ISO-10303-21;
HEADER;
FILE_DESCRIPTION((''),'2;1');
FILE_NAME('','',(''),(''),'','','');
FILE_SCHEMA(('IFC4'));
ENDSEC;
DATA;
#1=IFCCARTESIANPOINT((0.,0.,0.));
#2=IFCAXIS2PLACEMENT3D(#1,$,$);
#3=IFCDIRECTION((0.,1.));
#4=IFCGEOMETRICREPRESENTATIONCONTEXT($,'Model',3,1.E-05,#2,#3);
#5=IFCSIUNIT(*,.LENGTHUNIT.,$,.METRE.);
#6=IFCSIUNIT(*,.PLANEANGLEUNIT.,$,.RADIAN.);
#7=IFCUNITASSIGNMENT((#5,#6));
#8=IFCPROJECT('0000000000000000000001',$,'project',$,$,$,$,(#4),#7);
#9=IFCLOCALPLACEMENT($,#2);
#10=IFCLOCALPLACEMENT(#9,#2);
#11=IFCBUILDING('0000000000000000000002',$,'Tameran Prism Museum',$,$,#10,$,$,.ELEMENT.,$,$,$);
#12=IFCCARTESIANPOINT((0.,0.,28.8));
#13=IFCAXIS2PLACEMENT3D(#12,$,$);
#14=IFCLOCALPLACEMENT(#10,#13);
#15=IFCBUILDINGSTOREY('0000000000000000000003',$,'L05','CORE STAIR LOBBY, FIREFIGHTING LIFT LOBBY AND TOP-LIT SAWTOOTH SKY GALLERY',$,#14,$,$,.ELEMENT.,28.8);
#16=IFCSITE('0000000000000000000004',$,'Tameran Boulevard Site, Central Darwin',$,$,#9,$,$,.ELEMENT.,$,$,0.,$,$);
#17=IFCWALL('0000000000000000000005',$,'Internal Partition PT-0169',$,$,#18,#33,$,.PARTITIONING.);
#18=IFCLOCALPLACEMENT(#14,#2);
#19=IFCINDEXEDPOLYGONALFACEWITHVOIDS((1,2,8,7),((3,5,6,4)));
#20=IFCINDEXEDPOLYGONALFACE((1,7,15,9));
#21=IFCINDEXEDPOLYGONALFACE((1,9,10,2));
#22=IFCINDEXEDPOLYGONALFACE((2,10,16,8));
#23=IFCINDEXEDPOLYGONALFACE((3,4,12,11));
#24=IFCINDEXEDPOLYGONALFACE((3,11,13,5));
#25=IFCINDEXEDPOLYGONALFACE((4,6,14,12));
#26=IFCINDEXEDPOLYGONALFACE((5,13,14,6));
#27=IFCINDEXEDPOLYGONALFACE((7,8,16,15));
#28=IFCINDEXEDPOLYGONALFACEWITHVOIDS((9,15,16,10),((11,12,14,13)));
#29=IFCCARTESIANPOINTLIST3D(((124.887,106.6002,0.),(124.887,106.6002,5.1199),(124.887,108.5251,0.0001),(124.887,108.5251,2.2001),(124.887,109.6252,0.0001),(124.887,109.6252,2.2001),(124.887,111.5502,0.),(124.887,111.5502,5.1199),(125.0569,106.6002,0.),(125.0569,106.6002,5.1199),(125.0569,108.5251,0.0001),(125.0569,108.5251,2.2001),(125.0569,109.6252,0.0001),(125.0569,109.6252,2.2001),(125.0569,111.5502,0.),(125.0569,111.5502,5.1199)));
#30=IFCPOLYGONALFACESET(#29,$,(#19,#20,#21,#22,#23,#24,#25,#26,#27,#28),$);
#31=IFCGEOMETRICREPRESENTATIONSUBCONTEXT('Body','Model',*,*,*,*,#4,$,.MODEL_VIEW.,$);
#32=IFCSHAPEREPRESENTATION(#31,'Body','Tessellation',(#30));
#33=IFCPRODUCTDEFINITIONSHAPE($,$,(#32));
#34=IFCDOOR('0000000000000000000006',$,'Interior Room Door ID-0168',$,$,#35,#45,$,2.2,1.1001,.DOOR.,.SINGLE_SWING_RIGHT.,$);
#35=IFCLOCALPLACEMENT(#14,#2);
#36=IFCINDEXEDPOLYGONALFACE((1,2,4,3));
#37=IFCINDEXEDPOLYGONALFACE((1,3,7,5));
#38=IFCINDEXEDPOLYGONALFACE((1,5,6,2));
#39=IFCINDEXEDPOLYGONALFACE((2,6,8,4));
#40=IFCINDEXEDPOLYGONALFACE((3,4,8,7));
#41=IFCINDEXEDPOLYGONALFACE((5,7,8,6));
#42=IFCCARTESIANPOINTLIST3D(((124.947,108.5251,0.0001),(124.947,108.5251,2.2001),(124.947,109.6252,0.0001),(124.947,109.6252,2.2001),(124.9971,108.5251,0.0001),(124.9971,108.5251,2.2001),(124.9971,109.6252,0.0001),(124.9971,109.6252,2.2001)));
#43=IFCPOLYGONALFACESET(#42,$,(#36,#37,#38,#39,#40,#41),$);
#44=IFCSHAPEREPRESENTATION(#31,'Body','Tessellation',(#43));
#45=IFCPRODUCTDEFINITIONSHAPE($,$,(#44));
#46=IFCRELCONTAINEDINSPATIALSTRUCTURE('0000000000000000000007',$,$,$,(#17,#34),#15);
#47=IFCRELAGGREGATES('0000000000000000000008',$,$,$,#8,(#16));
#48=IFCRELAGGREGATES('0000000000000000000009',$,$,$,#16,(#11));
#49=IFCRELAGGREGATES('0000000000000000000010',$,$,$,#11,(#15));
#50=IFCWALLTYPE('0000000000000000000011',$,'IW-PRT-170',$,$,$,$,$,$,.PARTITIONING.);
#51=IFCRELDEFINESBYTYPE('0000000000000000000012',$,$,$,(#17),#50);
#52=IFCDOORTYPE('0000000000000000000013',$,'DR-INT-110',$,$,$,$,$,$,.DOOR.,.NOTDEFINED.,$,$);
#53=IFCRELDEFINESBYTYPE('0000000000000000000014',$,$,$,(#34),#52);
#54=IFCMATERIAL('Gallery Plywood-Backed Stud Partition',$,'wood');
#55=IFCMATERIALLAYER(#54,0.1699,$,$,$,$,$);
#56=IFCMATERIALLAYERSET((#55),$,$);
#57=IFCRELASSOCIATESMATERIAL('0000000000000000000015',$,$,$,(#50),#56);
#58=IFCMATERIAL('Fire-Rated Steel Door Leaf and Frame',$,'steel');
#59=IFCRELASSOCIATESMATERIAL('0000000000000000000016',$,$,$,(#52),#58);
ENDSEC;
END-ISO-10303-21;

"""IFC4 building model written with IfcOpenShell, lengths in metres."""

from ifc_helpers import new_model, si_unit, direction, frame, frame_2d, origin, place, context, subcontext, project, spatial, rectangle, extrude, material, layer, layer_set, type_object, element, fill, save


model = new_model("IFC4")

# Units and contexts
model_context = context("Model", 3, precision=1e-05, world=origin(), true_north=direction((0.0, 1.0)))
body_context = subcontext(model_context, "Body", "Model", "MODEL_VIEW")
ifc_project = project(units=[si_unit("LENGTHUNIT", "METRE"), si_unit("PLANEANGLEUNIT", "RADIAN")], contexts=[model_context])

# Site, building, storey
site_placement = place(None, origin())
site = spatial("IfcSite", under=ifc_project, at=site_placement, Name="Tameran Boulevard Site, Central Darwin", CompositionType="ELEMENT", RefElevation=0.0)
building_placement = place(site_placement, origin())
building = spatial("IfcBuilding", under=site, at=building_placement, Name="Tameran Prism Museum", CompositionType="ELEMENT")
storey_placement = place(building_placement, frame((0.0, 0.0, 28.8)))
storey = spatial("IfcBuildingStorey", under=building, at=storey_placement, Name="L05", Description="CORE STAIR LOBBY, FIREFIGHTING LIFT LOBBY AND TOP-LIT SAWTOOTH SKY GALLERY", CompositionType="ELEMENT", Elevation=28.8)

# Wall, opening, door
ifc_material_1 = material(Name="Gallery Plywood-Backed Stud Partition", Category="wood")
ifc_layer_1 = layer(ifc_material_1, 0.1699)
ifc_layer_set_1 = layer_set([ifc_layer_1])
wall_type_1 = type_object("IfcWallType", Name="IW-PRT-170", PredefinedType="PARTITIONING", material=ifc_layer_set_1)
wall_1_placement = place(storey_placement, frame((124.9719, 106.6001, 0.0), z_axis=(0.0, 0.0, 1.0), x_axis=(0.0, 1.0, 0.0)))
wall_1 = element("IfcWall", 1, at=wall_1_placement, inside=storey, type_object=wall_type_1, Name="Internal Partition PT-0169", PredefinedType="PARTITIONING", context=body_context, shape_type="SweptSolid", body=[
    extrude(rectangle(XDim=4.95, YDim=0.1699, at=frame_2d((2.4751, 0.0))), origin(), (0.0, 0.0, 1.0), 5.1199),
])
opening_1_placement = place(wall_1_placement, frame((1.925, 0.0, 0.0)))
opening_1 = element("IfcOpeningElement", 2, at=opening_1_placement, cuts=wall_1, PredefinedType="OPENING", context=body_context, shape_type="SweptSolid", body=[
    extrude(rectangle(XDim=1.1001, YDim=2.2, at=frame_2d((0.55, 1.1001))), frame((0.0, 0.095, 0.0), z_axis=(0.0, -1.0, 0.0), x_axis=(1.0, 0.0, 0.0)), (0.0, 0.0, 1.0), 0.1899),
])
ifc_material_2 = material(Name="Fire-Rated Steel Door Leaf and Frame", Category="steel")
door_type_1 = type_object("IfcDoorType", Name="DR-INT-110", OperationType="NOTDEFINED", PredefinedType="DOOR", material=ifc_material_2)
door_1_placement = place(opening_1_placement, origin())
door_1 = element("IfcDoor", 3, at=door_1_placement, inside=storey, type_object=door_type_1, Name="Interior Room Door ID-0168", OperationType="SINGLE_SWING_RIGHT", OverallHeight=2.2, OverallWidth=1.1001, PredefinedType="DOOR", context=body_context, shape_type="SweptSolid", body=[
    extrude(rectangle(XDim=1.1001, YDim=2.2, at=frame_2d((0.55, 1.1001))), frame((0.0, 0.0249, 0.0), z_axis=(0.0, -1.0, 0.0), x_axis=(1.0, 0.0, 0.0)), (0.0, 0.0, 1.0), 0.05),
])
fill(opening_1, door_1)

save(model, "model.ifc")
